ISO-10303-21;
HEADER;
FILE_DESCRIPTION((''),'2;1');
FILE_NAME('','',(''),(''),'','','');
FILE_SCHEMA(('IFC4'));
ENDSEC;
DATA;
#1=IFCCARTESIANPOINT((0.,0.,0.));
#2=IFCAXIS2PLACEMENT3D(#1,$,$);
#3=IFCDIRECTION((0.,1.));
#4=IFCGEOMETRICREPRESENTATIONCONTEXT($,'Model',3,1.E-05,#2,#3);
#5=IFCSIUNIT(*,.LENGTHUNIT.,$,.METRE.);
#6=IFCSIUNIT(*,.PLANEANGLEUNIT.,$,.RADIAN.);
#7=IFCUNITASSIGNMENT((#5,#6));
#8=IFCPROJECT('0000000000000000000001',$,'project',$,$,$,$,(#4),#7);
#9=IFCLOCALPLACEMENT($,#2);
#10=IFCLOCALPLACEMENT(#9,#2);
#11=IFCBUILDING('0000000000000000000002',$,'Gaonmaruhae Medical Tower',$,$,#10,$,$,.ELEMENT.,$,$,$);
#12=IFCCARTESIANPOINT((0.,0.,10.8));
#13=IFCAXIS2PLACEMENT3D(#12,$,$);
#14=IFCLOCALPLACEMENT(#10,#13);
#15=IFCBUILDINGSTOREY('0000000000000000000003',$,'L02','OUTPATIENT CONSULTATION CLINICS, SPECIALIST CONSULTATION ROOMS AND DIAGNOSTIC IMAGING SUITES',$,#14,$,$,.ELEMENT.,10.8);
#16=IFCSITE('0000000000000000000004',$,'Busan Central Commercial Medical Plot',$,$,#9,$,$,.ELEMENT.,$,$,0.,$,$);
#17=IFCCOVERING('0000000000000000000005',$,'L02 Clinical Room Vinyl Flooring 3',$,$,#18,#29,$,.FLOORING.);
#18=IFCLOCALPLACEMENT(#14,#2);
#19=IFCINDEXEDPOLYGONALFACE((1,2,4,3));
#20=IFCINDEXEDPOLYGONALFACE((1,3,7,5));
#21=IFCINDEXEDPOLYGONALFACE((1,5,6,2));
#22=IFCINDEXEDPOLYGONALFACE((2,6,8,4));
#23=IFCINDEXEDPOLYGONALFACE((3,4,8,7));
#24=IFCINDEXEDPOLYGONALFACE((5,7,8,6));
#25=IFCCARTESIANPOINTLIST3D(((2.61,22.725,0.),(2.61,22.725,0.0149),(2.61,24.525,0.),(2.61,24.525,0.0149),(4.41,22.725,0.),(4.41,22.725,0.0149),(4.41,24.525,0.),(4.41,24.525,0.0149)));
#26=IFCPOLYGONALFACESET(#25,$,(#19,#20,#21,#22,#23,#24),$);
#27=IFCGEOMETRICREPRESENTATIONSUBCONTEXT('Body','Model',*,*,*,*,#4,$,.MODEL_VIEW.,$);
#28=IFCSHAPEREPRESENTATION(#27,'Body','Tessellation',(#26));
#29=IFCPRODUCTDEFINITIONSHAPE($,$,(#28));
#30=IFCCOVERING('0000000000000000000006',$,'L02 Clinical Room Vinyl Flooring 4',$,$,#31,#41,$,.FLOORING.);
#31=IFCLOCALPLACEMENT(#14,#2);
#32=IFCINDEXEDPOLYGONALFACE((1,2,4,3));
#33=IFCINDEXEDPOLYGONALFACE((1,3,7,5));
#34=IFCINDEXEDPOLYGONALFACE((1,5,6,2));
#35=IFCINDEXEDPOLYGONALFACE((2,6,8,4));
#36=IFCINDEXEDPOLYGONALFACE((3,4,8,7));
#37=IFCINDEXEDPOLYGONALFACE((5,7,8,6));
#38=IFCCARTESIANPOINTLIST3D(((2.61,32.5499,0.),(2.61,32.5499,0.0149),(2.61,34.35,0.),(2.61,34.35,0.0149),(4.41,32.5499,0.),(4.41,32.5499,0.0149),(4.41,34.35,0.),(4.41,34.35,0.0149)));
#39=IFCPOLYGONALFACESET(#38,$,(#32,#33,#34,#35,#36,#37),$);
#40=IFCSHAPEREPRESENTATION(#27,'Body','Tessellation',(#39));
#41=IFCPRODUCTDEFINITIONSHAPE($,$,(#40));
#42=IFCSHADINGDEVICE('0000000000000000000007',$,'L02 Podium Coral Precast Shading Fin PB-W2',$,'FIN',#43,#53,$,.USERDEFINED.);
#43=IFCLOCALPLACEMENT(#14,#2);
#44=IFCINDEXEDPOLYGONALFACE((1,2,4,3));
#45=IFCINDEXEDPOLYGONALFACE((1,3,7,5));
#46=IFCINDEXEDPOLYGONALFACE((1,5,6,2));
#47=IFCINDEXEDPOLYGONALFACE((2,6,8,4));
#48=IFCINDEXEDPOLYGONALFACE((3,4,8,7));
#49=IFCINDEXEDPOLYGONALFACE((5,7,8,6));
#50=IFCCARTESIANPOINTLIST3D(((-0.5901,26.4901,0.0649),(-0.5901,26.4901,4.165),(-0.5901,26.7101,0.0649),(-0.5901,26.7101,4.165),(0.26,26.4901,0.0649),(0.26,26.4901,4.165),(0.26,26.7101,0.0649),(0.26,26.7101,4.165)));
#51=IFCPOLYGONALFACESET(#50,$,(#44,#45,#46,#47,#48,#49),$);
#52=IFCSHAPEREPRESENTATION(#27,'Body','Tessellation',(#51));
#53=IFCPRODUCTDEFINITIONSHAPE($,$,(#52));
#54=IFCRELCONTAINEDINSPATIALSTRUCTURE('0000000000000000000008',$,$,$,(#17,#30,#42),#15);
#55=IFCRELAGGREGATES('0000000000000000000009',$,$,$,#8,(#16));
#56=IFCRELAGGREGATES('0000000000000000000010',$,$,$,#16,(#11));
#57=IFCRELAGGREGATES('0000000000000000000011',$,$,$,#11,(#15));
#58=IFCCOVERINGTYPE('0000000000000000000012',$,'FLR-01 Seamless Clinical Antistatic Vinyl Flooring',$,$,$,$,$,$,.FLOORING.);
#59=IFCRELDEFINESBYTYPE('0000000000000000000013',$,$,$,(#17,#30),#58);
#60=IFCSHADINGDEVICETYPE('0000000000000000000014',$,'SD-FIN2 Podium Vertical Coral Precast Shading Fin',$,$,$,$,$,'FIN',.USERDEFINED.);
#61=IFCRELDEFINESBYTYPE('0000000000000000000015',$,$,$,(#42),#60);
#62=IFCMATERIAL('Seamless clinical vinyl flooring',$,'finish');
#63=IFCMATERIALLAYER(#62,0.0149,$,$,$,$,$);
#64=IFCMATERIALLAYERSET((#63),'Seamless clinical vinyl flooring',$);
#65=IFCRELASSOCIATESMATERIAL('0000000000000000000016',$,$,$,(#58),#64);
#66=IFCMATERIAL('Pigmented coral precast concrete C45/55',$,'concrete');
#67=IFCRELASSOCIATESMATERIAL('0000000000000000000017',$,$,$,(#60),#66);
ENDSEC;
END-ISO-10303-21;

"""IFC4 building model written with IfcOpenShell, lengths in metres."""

from ifc_helpers import new_model, si_unit, direction, frame, origin, origin_2d, place, context, subcontext, project, spatial, rectangle, extrude, material, layer, layer_set, type_object, element, save


model = new_model("IFC4")

# Units and contexts
model_context = context("Model", 3, precision=1e-05, world=origin(), true_north=direction((0.0, 1.0)))
body_context = subcontext(model_context, "Body", "Model", "MODEL_VIEW")
ifc_project = project(units=[si_unit("LENGTHUNIT", "METRE"), si_unit("PLANEANGLEUNIT", "RADIAN")], contexts=[model_context])

# Site, building, storey
site_placement = place(None, origin())
site = spatial("IfcSite", under=ifc_project, at=site_placement, Name="Busan Central Commercial Medical Plot", CompositionType="ELEMENT", RefElevation=0.0)
building_placement = place(site_placement, origin())
building = spatial("IfcBuilding", under=site, at=building_placement, Name="Gaonmaruhae Medical Tower", CompositionType="ELEMENT")
storey_placement = place(building_placement, frame((0.0, 0.0, 10.8)))
storey = spatial("IfcBuildingStorey", under=building, at=storey_placement, Name="L02", Description="OUTPATIENT CONSULTATION CLINICS, SPECIALIST CONSULTATION ROOMS AND DIAGNOSTIC IMAGING SUITES", CompositionType="ELEMENT", Elevation=10.8)

# Coverings
ifc_material_1 = material(Name="Seamless clinical vinyl flooring", Category="finish")
ifc_layer_1 = layer(ifc_material_1, 0.0149)
ifc_layer_set_1 = layer_set([ifc_layer_1], Name="Seamless clinical vinyl flooring")
covering_type_1 = type_object("IfcCoveringType", Name="FLR-01 Seamless Clinical Antistatic Vinyl Flooring", PredefinedType="FLOORING", material=ifc_layer_set_1)
for number, where, z_axis, x_axis, name in (
    (1, (3.51, 23.625, 0.0), (0.0, 0.0, 1.0), (1.0, 0.0, 0.0), "L02 Clinical Room Vinyl Flooring 3"),
    (2, (3.51, 33.45, 0.0), (0.0, 0.0, 1.0), (1.0, 0.0, 0.0), "L02 Clinical Room Vinyl Flooring 4"),
):
    element("IfcCovering", number, at=place(storey_placement, frame(where, z_axis=z_axis, x_axis=x_axis)), inside=storey, type_object=covering_type_1, Name=name, PredefinedType="FLOORING", context=body_context, shape_type="SweptSolid", body=[
        extrude(rectangle(XDim=1.8, YDim=1.8, at=origin_2d()), origin(), (0.0, 0.0, 1.0), 0.0149),
    ])

# Shading device
ifc_material_2 = material(Name="Pigmented coral precast concrete C45/55", Category="concrete")
shading_device_type = type_object("IfcShadingDeviceType", Name="SD-FIN2 Podium Vertical Coral Precast Shading Fin", ElementType="FIN", PredefinedType="USERDEFINED", material=ifc_material_2)
shading_device_placement = place(storey_placement, frame((-0.165, 26.6001, 0.0649), z_axis=(0.0, 0.0, 1.0), x_axis=(0.0, 1.0, 0.0)))
element("IfcShadingDevice", 3, at=shading_device_placement, inside=storey, type_object=shading_device_type, Name="L02 Podium Coral Precast Shading Fin PB-W2", ObjectType="FIN", PredefinedType="USERDEFINED", context=body_context, shape_type="SweptSolid", body=[
    extrude(rectangle(XDim=0.22, YDim=0.8501, at=origin_2d()), origin(), (0.0, 0.0, 1.0), 4.1001),
])

save(model, "model.ifc")
